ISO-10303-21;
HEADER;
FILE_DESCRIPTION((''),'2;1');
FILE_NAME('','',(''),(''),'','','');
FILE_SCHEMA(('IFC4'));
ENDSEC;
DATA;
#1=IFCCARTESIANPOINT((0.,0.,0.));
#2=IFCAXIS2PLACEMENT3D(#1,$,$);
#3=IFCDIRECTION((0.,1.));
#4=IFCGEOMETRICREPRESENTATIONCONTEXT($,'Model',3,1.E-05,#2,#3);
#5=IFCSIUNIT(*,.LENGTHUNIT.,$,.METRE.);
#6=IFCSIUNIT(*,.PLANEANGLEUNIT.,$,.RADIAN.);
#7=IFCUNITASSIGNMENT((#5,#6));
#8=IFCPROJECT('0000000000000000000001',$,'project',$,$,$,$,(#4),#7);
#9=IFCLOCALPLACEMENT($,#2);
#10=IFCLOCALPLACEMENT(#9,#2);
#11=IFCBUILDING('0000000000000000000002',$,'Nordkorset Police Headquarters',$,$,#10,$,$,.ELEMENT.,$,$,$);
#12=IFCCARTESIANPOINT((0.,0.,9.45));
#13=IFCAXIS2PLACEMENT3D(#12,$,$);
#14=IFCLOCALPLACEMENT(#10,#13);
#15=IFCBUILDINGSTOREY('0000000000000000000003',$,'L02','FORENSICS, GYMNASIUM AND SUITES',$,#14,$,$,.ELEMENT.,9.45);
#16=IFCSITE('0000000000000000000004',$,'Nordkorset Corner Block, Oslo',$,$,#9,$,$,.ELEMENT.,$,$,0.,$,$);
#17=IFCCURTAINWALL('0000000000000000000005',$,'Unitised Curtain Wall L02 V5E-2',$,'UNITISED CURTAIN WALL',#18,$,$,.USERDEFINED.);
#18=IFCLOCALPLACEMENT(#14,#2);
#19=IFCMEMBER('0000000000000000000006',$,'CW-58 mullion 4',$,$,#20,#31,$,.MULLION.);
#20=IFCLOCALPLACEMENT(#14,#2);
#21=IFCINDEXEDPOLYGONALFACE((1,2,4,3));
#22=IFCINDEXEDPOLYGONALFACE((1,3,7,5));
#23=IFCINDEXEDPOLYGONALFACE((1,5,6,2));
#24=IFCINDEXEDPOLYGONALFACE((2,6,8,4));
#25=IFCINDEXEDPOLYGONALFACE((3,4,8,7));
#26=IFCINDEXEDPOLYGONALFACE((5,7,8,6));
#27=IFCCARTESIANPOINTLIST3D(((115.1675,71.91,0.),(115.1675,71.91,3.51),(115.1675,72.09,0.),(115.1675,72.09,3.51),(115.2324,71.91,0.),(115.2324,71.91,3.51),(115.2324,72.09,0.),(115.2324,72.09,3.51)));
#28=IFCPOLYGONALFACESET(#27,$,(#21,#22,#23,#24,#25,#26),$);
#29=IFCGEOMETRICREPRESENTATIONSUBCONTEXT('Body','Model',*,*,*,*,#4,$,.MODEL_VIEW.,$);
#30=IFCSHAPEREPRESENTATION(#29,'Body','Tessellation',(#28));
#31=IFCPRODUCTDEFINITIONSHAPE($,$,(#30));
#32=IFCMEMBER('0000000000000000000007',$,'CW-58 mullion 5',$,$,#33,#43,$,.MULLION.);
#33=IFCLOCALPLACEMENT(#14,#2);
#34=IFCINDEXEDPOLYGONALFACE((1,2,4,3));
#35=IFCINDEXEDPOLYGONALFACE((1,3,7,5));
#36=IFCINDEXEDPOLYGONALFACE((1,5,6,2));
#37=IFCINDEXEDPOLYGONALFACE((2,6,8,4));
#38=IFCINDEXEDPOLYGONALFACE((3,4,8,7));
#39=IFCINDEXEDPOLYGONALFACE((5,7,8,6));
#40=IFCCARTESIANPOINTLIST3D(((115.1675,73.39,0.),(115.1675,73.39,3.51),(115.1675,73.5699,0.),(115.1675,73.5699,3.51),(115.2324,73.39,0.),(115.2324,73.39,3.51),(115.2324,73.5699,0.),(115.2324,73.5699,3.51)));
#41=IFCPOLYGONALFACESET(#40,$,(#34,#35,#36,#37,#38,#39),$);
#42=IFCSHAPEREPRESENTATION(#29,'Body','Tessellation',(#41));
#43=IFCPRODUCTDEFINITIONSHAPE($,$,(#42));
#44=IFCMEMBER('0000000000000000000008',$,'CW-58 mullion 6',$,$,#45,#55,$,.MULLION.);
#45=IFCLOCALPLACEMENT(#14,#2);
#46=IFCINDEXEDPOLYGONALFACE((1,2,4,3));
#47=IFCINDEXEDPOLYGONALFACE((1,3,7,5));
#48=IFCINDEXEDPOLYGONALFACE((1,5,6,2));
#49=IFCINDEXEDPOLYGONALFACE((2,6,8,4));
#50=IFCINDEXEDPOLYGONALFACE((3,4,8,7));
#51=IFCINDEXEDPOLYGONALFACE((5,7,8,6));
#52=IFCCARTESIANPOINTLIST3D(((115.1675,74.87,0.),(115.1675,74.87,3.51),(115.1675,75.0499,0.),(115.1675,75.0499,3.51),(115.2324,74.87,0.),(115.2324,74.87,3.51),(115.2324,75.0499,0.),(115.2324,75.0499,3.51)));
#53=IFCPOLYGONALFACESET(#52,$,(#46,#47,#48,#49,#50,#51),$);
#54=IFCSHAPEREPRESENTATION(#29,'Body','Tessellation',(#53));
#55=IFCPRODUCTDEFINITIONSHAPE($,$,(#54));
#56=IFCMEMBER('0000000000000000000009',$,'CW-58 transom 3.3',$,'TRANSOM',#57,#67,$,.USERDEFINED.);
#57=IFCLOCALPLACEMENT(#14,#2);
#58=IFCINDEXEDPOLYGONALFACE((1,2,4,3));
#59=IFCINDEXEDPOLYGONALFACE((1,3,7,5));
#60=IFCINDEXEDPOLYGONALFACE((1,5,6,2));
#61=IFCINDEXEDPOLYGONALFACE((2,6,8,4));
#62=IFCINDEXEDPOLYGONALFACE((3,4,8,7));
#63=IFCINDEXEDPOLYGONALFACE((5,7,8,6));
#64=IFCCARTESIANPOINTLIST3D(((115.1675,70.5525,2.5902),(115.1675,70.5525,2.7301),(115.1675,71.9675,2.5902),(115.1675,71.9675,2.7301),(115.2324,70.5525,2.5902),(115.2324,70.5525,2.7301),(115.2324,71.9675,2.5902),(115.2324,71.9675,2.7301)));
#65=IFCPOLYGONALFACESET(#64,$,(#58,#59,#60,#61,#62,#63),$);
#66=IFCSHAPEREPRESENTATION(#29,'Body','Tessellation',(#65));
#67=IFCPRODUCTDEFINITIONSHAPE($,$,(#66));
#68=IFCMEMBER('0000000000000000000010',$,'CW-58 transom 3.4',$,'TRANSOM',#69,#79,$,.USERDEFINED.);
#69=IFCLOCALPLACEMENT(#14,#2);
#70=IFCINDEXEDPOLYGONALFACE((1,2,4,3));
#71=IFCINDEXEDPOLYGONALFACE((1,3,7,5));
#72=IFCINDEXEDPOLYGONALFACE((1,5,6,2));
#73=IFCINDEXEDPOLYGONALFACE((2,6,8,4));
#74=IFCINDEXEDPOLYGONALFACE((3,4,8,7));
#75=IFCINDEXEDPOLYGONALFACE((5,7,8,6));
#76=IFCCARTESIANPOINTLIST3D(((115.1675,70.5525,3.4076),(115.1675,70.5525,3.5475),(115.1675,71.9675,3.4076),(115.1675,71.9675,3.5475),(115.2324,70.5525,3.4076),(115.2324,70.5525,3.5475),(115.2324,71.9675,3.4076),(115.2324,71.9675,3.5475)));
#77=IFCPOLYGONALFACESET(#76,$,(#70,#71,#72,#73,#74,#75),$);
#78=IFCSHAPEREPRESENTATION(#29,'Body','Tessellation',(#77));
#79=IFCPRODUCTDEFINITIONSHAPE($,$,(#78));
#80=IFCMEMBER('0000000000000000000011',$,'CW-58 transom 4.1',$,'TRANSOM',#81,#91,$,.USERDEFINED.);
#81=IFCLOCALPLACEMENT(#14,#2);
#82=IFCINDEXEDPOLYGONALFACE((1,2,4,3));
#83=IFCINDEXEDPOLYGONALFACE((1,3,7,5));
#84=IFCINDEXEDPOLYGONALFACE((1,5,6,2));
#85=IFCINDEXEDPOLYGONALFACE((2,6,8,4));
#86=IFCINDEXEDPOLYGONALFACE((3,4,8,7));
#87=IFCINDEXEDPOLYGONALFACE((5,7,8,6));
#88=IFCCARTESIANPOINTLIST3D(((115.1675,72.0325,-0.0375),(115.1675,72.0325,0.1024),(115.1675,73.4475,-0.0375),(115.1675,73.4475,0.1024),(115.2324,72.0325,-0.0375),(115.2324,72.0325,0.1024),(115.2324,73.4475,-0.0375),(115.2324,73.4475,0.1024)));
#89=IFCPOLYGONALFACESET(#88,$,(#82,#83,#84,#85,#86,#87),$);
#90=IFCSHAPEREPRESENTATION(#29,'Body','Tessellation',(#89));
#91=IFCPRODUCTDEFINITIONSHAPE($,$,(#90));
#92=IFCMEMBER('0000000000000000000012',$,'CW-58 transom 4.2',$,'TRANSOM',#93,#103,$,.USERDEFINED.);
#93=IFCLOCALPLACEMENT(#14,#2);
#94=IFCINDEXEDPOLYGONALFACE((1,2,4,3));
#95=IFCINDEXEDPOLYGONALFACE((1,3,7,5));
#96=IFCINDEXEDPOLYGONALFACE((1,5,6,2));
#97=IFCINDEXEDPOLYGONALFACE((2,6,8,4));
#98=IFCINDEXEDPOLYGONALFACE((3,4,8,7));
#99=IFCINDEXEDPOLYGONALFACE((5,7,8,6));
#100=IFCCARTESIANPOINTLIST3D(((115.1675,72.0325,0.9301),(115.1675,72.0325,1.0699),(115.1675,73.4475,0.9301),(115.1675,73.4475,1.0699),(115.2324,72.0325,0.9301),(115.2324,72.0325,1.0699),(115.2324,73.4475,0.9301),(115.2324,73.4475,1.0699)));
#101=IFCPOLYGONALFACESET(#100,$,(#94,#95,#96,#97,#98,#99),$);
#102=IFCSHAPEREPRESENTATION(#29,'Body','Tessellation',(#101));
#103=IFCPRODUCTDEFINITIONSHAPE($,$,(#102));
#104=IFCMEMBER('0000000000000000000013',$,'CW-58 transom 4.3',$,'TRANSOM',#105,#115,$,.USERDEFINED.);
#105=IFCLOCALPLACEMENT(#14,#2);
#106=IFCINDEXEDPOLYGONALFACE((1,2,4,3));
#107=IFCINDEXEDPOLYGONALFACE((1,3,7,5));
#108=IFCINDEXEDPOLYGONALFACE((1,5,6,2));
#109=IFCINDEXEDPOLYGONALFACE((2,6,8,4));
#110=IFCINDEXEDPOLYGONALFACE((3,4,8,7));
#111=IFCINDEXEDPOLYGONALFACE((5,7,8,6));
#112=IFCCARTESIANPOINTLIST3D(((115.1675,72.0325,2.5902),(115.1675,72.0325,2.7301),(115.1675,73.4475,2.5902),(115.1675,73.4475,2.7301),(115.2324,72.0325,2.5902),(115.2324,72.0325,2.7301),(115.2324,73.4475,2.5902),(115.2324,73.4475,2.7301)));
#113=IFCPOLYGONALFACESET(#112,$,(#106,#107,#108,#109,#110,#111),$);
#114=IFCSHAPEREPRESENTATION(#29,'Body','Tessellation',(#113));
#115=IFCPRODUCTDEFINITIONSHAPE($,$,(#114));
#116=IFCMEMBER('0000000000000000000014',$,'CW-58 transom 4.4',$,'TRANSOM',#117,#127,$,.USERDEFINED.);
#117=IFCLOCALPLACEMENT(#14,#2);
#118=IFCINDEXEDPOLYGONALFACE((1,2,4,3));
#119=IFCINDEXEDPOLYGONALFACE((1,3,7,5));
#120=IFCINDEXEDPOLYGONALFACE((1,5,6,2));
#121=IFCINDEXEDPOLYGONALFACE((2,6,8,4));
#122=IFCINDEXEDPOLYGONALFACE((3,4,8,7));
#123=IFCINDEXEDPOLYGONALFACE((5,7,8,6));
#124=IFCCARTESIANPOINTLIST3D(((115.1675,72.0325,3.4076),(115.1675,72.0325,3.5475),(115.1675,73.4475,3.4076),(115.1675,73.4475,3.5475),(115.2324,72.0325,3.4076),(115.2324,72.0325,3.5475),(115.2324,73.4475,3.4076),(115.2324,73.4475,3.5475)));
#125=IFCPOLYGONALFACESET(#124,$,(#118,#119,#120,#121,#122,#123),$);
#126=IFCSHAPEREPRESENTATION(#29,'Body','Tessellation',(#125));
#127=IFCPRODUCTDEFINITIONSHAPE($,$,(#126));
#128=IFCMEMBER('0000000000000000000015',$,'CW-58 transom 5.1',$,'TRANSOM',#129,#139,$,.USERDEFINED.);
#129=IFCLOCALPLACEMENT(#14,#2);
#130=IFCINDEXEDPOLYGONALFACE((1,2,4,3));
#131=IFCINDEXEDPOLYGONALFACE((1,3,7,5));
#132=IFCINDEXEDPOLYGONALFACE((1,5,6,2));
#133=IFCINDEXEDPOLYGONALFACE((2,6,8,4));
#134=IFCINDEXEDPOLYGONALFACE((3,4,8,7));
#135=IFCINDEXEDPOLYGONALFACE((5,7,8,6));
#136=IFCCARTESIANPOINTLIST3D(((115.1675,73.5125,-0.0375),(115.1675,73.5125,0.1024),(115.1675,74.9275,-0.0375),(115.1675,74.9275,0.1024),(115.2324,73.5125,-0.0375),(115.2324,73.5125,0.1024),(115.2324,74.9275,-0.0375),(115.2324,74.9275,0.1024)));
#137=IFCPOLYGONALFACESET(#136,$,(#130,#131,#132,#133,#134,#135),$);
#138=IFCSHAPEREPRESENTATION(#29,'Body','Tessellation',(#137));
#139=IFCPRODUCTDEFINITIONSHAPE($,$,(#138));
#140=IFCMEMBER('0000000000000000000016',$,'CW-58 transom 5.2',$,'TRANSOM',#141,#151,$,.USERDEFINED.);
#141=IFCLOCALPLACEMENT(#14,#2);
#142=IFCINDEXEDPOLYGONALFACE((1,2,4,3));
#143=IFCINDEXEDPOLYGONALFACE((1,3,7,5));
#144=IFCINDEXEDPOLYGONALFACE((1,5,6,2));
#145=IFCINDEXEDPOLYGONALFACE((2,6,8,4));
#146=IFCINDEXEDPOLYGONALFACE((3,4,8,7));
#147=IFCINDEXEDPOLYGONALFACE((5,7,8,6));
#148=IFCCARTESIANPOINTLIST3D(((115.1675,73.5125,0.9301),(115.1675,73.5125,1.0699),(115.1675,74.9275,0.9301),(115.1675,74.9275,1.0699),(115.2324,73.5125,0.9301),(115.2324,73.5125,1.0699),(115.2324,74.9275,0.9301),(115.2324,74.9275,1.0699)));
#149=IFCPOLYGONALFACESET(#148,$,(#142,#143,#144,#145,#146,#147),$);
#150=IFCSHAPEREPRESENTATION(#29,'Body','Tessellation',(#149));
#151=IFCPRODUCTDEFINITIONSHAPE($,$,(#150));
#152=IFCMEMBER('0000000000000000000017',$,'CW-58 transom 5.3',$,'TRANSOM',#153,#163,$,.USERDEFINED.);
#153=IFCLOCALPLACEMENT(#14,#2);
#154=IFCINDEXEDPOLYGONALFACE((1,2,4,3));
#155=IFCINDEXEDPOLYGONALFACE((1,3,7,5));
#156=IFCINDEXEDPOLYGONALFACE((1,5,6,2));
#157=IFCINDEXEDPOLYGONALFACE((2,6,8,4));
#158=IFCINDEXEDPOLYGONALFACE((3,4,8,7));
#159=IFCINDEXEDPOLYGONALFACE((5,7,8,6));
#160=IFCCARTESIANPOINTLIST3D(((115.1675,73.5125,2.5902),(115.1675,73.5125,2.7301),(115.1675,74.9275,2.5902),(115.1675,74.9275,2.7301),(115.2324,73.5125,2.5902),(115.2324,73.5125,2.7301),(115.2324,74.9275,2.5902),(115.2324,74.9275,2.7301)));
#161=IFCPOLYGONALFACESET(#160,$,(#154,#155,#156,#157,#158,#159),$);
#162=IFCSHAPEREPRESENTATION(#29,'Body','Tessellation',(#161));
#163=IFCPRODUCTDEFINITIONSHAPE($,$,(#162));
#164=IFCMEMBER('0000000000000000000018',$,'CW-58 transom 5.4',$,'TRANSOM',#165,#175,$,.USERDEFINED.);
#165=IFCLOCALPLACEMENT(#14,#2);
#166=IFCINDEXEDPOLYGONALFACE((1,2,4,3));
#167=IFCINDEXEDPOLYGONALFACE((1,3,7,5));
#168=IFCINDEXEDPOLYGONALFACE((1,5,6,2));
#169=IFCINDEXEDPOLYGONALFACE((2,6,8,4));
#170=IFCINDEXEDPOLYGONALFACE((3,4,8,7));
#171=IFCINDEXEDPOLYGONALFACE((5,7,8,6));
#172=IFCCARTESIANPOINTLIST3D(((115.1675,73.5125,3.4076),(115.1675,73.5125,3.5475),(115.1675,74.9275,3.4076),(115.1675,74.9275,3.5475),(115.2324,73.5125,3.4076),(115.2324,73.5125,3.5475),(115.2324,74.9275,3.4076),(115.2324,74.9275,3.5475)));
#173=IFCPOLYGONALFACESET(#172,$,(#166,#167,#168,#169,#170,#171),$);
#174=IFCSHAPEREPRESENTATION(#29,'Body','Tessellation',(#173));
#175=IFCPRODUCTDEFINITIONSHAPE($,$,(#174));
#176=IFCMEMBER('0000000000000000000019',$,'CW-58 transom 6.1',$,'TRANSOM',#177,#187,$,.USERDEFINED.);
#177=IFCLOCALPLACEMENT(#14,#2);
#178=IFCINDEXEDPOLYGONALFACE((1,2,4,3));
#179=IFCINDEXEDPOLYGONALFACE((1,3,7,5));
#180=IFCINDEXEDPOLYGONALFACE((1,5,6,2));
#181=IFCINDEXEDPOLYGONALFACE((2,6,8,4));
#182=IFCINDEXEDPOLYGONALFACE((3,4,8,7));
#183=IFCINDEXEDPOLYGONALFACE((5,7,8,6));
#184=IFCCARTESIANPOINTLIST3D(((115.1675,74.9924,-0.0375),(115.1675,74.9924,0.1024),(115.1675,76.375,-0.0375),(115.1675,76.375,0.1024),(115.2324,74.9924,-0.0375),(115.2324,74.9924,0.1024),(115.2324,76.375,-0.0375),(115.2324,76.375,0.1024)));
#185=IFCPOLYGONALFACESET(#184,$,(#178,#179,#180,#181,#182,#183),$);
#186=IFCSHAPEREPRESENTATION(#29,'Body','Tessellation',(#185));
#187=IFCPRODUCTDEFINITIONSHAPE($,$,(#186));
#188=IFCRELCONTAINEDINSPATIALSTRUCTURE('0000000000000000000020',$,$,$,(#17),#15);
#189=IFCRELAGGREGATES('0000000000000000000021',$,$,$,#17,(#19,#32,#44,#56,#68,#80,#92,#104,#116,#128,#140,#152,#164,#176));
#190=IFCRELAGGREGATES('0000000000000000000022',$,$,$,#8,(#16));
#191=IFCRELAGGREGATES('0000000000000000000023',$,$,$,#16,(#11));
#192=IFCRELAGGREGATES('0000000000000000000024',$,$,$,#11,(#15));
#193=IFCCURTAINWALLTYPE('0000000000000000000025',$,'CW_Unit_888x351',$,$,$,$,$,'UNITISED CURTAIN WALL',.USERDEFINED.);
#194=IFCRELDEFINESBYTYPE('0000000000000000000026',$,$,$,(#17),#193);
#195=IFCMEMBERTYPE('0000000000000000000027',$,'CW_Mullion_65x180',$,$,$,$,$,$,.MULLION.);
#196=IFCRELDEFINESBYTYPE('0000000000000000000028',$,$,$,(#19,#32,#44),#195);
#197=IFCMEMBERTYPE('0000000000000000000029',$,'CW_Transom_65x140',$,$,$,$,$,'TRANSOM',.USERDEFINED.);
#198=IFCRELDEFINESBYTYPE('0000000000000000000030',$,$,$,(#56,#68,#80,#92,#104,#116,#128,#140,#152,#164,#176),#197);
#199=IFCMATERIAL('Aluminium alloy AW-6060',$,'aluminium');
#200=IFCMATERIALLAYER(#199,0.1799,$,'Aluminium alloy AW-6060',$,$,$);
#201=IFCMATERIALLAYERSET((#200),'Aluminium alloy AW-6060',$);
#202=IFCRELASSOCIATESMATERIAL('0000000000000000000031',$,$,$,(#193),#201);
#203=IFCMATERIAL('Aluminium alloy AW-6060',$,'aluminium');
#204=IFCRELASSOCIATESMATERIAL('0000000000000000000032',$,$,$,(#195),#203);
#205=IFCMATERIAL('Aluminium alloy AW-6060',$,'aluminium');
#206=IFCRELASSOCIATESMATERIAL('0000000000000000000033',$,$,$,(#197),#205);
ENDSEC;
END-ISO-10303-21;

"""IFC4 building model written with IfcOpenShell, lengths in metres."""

from ifc_helpers import new_model, si_unit, direction, frame, origin, origin_2d, place, context, subcontext, project, spatial, rectangle, extrude, material, layer, layer_set, material_profile, profile_set, type_object, element, aggregate, save


model = new_model("IFC4")

# Units and contexts
model_context = context("Model", 3, precision=1e-05, world=origin(), true_north=direction((0.0, 1.0)))
body_context = subcontext(model_context, "Body", "Model", "MODEL_VIEW")
ifc_project = project(units=[si_unit("LENGTHUNIT", "METRE"), si_unit("PLANEANGLEUNIT", "RADIAN")], contexts=[model_context])

# Site, building, storey
site_placement = place(None, origin())
site = spatial("IfcSite", under=ifc_project, at=site_placement, Name="Nordkorset Corner Block, Oslo", CompositionType="ELEMENT", RefElevation=0.0)
building_placement = place(site_placement, origin())
building = spatial("IfcBuilding", under=site, at=building_placement, Name="Nordkorset Police Headquarters", CompositionType="ELEMENT")
storey_placement = place(building_placement, frame((0.0, 0.0, 9.45)))
storey = spatial("IfcBuildingStorey", under=building, at=storey_placement, Name="L02", Description="FORENSICS, GYMNASIUM AND SUITES", CompositionType="ELEMENT", Elevation=9.45)

# Curtain wall, members
ifc_material_1 = material(Name="Aluminium alloy AW-6060", Category="aluminium")
ifc_layer_1 = layer(ifc_material_1, 0.1799, Name="Aluminium alloy AW-6060")
ifc_layer_set_1 = layer_set([ifc_layer_1], Name="Aluminium alloy AW-6060")
curtain_wall_type = type_object("IfcCurtainWallType", Name="CW_Unit_888x351", ElementType="UNITISED CURTAIN WALL", PredefinedType="USERDEFINED", material=ifc_layer_set_1)
curtain_wall_placement = place(storey_placement, origin())
curtain_wall = element("IfcCurtainWall", 1, at=curtain_wall_placement, inside=storey, type_object=curtain_wall_type, Name="Unitised Curtain Wall L02 V5E-2", ObjectType="UNITISED CURTAIN WALL", PredefinedType="USERDEFINED")
ifc_material_2 = material(Name="Aluminium alloy AW-6060", Category="aluminium")
ifc_material_profile_1 = material_profile(ifc_material_2, rectangle(XDim=0.0649, YDim=0.1799, at=origin_2d()), Name="ALU MULL 65x180")
ifc_profile_set_1 = profile_set([ifc_material_profile_1], Name="Aluminium alloy AW-6060")
member_type_1 = type_object("IfcMemberType", Name="CW_Mullion_65x180", PredefinedType="MULLION", material=ifc_profile_set_1)
member_1_placement = place(storey_placement, frame((115.2, 72.0, 0.0), z_axis=(0.0, 0.0, 1.0), x_axis=(-1.0, 0.0, 0.0)))
member_1 = element("IfcMember", 2, at=member_1_placement, type_object=member_type_1, Name="CW-58 mullion 4", PredefinedType="MULLION", context=body_context, shape_type="SweptSolid", body=[
    extrude(rectangle(XDim=0.0649, YDim=0.1799, at=origin_2d()), origin(), (0.0, 0.0, 1.0), 3.51),
])
member_2_placement = place(storey_placement, frame((115.2, 73.48, 0.0), z_axis=(0.0, 0.0, 1.0), x_axis=(-1.0, 0.0, 0.0)))
member_2 = element("IfcMember", 3, at=member_2_placement, type_object=member_type_1, Name="CW-58 mullion 5", PredefinedType="MULLION", context=body_context, shape_type="SweptSolid", body=[
    extrude(rectangle(XDim=0.0649, YDim=0.1799, at=origin_2d()), origin(), (0.0, 0.0, 1.0), 3.51),
])
member_3_placement = place(storey_placement, frame((115.2, 74.96, 0.0), z_axis=(0.0, 0.0, 1.0), x_axis=(-1.0, 0.0, 0.0)))
member_3 = element("IfcMember", 4, at=member_3_placement, type_object=member_type_1, Name="CW-58 mullion 6", PredefinedType="MULLION", context=body_context, shape_type="SweptSolid", body=[
    extrude(rectangle(XDim=0.0649, YDim=0.1799, at=origin_2d()), origin(), (0.0, 0.0, 1.0), 3.51),
])
ifc_material_3 = material(Name="Aluminium alloy AW-6060", Category="aluminium")
ifc_material_profile_2 = material_profile(ifc_material_3, rectangle(XDim=0.0649, YDim=0.1399, at=origin_2d()), Name="ALU TRAN 65x140")
ifc_profile_set_2 = profile_set([ifc_material_profile_2], Name="Aluminium alloy AW-6060")
member_type_2 = type_object("IfcMemberType", Name="CW_Transom_65x140", ElementType="TRANSOM", PredefinedType="USERDEFINED", material=ifc_profile_set_2)
member_4_placement = place(storey_placement, frame((115.2, 70.5525, 2.6602), z_axis=(0.0, 1.0, 0.0), x_axis=(-1.0, 0.0, 0.0)))
member_4 = element("IfcMember", 5, at=member_4_placement, type_object=member_type_2, Name="CW-58 transom 3.3", ObjectType="TRANSOM", PredefinedType="USERDEFINED", context=body_context, shape_type="SweptSolid", body=[
    extrude(rectangle(XDim=0.0649, YDim=0.1399, at=origin_2d()), origin(), (0.0, 0.0, 1.0), 1.415),
])
member_5_placement = place(storey_placement, frame((115.2, 70.5525, 3.4775), z_axis=(0.0, 1.0, 0.0), x_axis=(-1.0, 0.0, 0.0)))
member_5 = element("IfcMember", 6, at=member_5_placement, type_object=member_type_2, Name="CW-58 transom 3.4", ObjectType="TRANSOM", PredefinedType="USERDEFINED", context=body_context, shape_type="SweptSolid", body=[
    extrude(rectangle(XDim=0.0649, YDim=0.1399, at=origin_2d()), origin(), (0.0, 0.0, 1.0), 1.415),
])
member_6_placement = place(storey_placement, frame((115.2, 72.0325, 0.0325), z_axis=(0.0, 1.0, 0.0), x_axis=(-1.0, 0.0, 0.0)))
member_6 = element("IfcMember", 7, at=member_6_placement, type_object=member_type_2, Name="CW-58 transom 4.1", ObjectType="TRANSOM", PredefinedType="USERDEFINED", context=body_context, shape_type="SweptSolid", body=[
    extrude(rectangle(XDim=0.0649, YDim=0.1399, at=origin_2d()), origin(), (0.0, 0.0, 1.0), 1.415),
])
member_7_placement = place(storey_placement, frame((115.2, 72.0325, 1.0), z_axis=(0.0, 1.0, 0.0), x_axis=(-1.0, 0.0, 0.0)))
member_7 = element("IfcMember", 8, at=member_7_placement, type_object=member_type_2, Name="CW-58 transom 4.2", ObjectType="TRANSOM", PredefinedType="USERDEFINED", context=body_context, shape_type="SweptSolid", body=[
    extrude(rectangle(XDim=0.0649, YDim=0.1399, at=origin_2d()), origin(), (0.0, 0.0, 1.0), 1.415),
])
member_8_placement = place(storey_placement, frame((115.2, 72.0325, 2.6602), z_axis=(0.0, 1.0, 0.0), x_axis=(-1.0, 0.0, 0.0)))
member_8 = element("IfcMember", 9, at=member_8_placement, type_object=member_type_2, Name="CW-58 transom 4.3", ObjectType="TRANSOM", PredefinedType="USERDEFINED", context=body_context, shape_type="SweptSolid", body=[
    extrude(rectangle(XDim=0.0649, YDim=0.1399, at=origin_2d()), origin(), (0.0, 0.0, 1.0), 1.415),
])
member_9_placement = place(storey_placement, frame((115.2, 72.0325, 3.4775), z_axis=(0.0, 1.0, 0.0), x_axis=(-1.0, 0.0, 0.0)))
member_9 = element("IfcMember", 10, at=member_9_placement, type_object=member_type_2, Name="CW-58 transom 4.4", ObjectType="TRANSOM", PredefinedType="USERDEFINED", context=body_context, shape_type="SweptSolid", body=[
    extrude(rectangle(XDim=0.0649, YDim=0.1399, at=origin_2d()), origin(), (0.0, 0.0, 1.0), 1.415),
])
member_10_placement = place(storey_placement, frame((115.2, 73.5125, 0.0325), z_axis=(0.0, 1.0, 0.0), x_axis=(-1.0, 0.0, 0.0)))
member_10 = element("IfcMember", 11, at=member_10_placement, type_object=member_type_2, Name="CW-58 transom 5.1", ObjectType="TRANSOM", PredefinedType="USERDEFINED", context=body_context, shape_type="SweptSolid", body=[
    extrude(rectangle(XDim=0.0649, YDim=0.1399, at=origin_2d()), origin(), (0.0, 0.0, 1.0), 1.415),
])
member_11_placement = place(storey_placement, frame((115.2, 73.5125, 1.0), z_axis=(0.0, 1.0, 0.0), x_axis=(-1.0, 0.0, 0.0)))
member_11 = element("IfcMember", 12, at=member_11_placement, type_object=member_type_2, Name="CW-58 transom 5.2", ObjectType="TRANSOM", PredefinedType="USERDEFINED", context=body_context, shape_type="SweptSolid", body=[
    extrude(rectangle(XDim=0.0649, YDim=0.1399, at=origin_2d()), origin(), (0.0, 0.0, 1.0), 1.415),
])
member_12_placement = place(storey_placement, frame((115.2, 73.5125, 2.6602), z_axis=(0.0, 1.0, 0.0), x_axis=(-1.0, 0.0, 0.0)))
member_12 = element("IfcMember", 13, at=member_12_placement, type_object=member_type_2, Name="CW-58 transom 5.3", ObjectType="TRANSOM", PredefinedType="USERDEFINED", context=body_context, shape_type="SweptSolid", body=[
    extrude(rectangle(XDim=0.0649, YDim=0.1399, at=origin_2d()), origin(), (0.0, 0.0, 1.0), 1.415),
])
member_13_placement = place(storey_placement, frame((115.2, 73.5125, 3.4775), z_axis=(0.0, 1.0, 0.0), x_axis=(-1.0, 0.0, 0.0)))
member_13 = element("IfcMember", 14, at=member_13_placement, type_object=member_type_2, Name="CW-58 transom 5.4", ObjectType="TRANSOM", PredefinedType="USERDEFINED", context=body_context, shape_type="SweptSolid", body=[
    extrude(rectangle(XDim=0.0649, YDim=0.1399, at=origin_2d()), origin(), (0.0, 0.0, 1.0), 1.415),
])
member_14_placement = place(storey_placement, frame((115.2, 74.9924, 0.0325), z_axis=(0.0, 1.0, 0.0), x_axis=(-1.0, 0.0, 0.0)))
member_14 = element("IfcMember", 15, at=member_14_placement, type_object=member_type_2, Name="CW-58 transom 6.1", ObjectType="TRANSOM", PredefinedType="USERDEFINED", context=body_context, shape_type="SweptSolid", body=[
    extrude(rectangle(XDim=0.0649, YDim=0.1399, at=origin_2d()), origin(), (0.0, 0.0, 1.0), 1.3826),
])
aggregate(curtain_wall, [member_1, member_2, member_3, member_4, member_5, member_6, member_7, member_8, member_9, member_10, member_11, member_12, member_13, member_14])

save(model, "model.ifc")
